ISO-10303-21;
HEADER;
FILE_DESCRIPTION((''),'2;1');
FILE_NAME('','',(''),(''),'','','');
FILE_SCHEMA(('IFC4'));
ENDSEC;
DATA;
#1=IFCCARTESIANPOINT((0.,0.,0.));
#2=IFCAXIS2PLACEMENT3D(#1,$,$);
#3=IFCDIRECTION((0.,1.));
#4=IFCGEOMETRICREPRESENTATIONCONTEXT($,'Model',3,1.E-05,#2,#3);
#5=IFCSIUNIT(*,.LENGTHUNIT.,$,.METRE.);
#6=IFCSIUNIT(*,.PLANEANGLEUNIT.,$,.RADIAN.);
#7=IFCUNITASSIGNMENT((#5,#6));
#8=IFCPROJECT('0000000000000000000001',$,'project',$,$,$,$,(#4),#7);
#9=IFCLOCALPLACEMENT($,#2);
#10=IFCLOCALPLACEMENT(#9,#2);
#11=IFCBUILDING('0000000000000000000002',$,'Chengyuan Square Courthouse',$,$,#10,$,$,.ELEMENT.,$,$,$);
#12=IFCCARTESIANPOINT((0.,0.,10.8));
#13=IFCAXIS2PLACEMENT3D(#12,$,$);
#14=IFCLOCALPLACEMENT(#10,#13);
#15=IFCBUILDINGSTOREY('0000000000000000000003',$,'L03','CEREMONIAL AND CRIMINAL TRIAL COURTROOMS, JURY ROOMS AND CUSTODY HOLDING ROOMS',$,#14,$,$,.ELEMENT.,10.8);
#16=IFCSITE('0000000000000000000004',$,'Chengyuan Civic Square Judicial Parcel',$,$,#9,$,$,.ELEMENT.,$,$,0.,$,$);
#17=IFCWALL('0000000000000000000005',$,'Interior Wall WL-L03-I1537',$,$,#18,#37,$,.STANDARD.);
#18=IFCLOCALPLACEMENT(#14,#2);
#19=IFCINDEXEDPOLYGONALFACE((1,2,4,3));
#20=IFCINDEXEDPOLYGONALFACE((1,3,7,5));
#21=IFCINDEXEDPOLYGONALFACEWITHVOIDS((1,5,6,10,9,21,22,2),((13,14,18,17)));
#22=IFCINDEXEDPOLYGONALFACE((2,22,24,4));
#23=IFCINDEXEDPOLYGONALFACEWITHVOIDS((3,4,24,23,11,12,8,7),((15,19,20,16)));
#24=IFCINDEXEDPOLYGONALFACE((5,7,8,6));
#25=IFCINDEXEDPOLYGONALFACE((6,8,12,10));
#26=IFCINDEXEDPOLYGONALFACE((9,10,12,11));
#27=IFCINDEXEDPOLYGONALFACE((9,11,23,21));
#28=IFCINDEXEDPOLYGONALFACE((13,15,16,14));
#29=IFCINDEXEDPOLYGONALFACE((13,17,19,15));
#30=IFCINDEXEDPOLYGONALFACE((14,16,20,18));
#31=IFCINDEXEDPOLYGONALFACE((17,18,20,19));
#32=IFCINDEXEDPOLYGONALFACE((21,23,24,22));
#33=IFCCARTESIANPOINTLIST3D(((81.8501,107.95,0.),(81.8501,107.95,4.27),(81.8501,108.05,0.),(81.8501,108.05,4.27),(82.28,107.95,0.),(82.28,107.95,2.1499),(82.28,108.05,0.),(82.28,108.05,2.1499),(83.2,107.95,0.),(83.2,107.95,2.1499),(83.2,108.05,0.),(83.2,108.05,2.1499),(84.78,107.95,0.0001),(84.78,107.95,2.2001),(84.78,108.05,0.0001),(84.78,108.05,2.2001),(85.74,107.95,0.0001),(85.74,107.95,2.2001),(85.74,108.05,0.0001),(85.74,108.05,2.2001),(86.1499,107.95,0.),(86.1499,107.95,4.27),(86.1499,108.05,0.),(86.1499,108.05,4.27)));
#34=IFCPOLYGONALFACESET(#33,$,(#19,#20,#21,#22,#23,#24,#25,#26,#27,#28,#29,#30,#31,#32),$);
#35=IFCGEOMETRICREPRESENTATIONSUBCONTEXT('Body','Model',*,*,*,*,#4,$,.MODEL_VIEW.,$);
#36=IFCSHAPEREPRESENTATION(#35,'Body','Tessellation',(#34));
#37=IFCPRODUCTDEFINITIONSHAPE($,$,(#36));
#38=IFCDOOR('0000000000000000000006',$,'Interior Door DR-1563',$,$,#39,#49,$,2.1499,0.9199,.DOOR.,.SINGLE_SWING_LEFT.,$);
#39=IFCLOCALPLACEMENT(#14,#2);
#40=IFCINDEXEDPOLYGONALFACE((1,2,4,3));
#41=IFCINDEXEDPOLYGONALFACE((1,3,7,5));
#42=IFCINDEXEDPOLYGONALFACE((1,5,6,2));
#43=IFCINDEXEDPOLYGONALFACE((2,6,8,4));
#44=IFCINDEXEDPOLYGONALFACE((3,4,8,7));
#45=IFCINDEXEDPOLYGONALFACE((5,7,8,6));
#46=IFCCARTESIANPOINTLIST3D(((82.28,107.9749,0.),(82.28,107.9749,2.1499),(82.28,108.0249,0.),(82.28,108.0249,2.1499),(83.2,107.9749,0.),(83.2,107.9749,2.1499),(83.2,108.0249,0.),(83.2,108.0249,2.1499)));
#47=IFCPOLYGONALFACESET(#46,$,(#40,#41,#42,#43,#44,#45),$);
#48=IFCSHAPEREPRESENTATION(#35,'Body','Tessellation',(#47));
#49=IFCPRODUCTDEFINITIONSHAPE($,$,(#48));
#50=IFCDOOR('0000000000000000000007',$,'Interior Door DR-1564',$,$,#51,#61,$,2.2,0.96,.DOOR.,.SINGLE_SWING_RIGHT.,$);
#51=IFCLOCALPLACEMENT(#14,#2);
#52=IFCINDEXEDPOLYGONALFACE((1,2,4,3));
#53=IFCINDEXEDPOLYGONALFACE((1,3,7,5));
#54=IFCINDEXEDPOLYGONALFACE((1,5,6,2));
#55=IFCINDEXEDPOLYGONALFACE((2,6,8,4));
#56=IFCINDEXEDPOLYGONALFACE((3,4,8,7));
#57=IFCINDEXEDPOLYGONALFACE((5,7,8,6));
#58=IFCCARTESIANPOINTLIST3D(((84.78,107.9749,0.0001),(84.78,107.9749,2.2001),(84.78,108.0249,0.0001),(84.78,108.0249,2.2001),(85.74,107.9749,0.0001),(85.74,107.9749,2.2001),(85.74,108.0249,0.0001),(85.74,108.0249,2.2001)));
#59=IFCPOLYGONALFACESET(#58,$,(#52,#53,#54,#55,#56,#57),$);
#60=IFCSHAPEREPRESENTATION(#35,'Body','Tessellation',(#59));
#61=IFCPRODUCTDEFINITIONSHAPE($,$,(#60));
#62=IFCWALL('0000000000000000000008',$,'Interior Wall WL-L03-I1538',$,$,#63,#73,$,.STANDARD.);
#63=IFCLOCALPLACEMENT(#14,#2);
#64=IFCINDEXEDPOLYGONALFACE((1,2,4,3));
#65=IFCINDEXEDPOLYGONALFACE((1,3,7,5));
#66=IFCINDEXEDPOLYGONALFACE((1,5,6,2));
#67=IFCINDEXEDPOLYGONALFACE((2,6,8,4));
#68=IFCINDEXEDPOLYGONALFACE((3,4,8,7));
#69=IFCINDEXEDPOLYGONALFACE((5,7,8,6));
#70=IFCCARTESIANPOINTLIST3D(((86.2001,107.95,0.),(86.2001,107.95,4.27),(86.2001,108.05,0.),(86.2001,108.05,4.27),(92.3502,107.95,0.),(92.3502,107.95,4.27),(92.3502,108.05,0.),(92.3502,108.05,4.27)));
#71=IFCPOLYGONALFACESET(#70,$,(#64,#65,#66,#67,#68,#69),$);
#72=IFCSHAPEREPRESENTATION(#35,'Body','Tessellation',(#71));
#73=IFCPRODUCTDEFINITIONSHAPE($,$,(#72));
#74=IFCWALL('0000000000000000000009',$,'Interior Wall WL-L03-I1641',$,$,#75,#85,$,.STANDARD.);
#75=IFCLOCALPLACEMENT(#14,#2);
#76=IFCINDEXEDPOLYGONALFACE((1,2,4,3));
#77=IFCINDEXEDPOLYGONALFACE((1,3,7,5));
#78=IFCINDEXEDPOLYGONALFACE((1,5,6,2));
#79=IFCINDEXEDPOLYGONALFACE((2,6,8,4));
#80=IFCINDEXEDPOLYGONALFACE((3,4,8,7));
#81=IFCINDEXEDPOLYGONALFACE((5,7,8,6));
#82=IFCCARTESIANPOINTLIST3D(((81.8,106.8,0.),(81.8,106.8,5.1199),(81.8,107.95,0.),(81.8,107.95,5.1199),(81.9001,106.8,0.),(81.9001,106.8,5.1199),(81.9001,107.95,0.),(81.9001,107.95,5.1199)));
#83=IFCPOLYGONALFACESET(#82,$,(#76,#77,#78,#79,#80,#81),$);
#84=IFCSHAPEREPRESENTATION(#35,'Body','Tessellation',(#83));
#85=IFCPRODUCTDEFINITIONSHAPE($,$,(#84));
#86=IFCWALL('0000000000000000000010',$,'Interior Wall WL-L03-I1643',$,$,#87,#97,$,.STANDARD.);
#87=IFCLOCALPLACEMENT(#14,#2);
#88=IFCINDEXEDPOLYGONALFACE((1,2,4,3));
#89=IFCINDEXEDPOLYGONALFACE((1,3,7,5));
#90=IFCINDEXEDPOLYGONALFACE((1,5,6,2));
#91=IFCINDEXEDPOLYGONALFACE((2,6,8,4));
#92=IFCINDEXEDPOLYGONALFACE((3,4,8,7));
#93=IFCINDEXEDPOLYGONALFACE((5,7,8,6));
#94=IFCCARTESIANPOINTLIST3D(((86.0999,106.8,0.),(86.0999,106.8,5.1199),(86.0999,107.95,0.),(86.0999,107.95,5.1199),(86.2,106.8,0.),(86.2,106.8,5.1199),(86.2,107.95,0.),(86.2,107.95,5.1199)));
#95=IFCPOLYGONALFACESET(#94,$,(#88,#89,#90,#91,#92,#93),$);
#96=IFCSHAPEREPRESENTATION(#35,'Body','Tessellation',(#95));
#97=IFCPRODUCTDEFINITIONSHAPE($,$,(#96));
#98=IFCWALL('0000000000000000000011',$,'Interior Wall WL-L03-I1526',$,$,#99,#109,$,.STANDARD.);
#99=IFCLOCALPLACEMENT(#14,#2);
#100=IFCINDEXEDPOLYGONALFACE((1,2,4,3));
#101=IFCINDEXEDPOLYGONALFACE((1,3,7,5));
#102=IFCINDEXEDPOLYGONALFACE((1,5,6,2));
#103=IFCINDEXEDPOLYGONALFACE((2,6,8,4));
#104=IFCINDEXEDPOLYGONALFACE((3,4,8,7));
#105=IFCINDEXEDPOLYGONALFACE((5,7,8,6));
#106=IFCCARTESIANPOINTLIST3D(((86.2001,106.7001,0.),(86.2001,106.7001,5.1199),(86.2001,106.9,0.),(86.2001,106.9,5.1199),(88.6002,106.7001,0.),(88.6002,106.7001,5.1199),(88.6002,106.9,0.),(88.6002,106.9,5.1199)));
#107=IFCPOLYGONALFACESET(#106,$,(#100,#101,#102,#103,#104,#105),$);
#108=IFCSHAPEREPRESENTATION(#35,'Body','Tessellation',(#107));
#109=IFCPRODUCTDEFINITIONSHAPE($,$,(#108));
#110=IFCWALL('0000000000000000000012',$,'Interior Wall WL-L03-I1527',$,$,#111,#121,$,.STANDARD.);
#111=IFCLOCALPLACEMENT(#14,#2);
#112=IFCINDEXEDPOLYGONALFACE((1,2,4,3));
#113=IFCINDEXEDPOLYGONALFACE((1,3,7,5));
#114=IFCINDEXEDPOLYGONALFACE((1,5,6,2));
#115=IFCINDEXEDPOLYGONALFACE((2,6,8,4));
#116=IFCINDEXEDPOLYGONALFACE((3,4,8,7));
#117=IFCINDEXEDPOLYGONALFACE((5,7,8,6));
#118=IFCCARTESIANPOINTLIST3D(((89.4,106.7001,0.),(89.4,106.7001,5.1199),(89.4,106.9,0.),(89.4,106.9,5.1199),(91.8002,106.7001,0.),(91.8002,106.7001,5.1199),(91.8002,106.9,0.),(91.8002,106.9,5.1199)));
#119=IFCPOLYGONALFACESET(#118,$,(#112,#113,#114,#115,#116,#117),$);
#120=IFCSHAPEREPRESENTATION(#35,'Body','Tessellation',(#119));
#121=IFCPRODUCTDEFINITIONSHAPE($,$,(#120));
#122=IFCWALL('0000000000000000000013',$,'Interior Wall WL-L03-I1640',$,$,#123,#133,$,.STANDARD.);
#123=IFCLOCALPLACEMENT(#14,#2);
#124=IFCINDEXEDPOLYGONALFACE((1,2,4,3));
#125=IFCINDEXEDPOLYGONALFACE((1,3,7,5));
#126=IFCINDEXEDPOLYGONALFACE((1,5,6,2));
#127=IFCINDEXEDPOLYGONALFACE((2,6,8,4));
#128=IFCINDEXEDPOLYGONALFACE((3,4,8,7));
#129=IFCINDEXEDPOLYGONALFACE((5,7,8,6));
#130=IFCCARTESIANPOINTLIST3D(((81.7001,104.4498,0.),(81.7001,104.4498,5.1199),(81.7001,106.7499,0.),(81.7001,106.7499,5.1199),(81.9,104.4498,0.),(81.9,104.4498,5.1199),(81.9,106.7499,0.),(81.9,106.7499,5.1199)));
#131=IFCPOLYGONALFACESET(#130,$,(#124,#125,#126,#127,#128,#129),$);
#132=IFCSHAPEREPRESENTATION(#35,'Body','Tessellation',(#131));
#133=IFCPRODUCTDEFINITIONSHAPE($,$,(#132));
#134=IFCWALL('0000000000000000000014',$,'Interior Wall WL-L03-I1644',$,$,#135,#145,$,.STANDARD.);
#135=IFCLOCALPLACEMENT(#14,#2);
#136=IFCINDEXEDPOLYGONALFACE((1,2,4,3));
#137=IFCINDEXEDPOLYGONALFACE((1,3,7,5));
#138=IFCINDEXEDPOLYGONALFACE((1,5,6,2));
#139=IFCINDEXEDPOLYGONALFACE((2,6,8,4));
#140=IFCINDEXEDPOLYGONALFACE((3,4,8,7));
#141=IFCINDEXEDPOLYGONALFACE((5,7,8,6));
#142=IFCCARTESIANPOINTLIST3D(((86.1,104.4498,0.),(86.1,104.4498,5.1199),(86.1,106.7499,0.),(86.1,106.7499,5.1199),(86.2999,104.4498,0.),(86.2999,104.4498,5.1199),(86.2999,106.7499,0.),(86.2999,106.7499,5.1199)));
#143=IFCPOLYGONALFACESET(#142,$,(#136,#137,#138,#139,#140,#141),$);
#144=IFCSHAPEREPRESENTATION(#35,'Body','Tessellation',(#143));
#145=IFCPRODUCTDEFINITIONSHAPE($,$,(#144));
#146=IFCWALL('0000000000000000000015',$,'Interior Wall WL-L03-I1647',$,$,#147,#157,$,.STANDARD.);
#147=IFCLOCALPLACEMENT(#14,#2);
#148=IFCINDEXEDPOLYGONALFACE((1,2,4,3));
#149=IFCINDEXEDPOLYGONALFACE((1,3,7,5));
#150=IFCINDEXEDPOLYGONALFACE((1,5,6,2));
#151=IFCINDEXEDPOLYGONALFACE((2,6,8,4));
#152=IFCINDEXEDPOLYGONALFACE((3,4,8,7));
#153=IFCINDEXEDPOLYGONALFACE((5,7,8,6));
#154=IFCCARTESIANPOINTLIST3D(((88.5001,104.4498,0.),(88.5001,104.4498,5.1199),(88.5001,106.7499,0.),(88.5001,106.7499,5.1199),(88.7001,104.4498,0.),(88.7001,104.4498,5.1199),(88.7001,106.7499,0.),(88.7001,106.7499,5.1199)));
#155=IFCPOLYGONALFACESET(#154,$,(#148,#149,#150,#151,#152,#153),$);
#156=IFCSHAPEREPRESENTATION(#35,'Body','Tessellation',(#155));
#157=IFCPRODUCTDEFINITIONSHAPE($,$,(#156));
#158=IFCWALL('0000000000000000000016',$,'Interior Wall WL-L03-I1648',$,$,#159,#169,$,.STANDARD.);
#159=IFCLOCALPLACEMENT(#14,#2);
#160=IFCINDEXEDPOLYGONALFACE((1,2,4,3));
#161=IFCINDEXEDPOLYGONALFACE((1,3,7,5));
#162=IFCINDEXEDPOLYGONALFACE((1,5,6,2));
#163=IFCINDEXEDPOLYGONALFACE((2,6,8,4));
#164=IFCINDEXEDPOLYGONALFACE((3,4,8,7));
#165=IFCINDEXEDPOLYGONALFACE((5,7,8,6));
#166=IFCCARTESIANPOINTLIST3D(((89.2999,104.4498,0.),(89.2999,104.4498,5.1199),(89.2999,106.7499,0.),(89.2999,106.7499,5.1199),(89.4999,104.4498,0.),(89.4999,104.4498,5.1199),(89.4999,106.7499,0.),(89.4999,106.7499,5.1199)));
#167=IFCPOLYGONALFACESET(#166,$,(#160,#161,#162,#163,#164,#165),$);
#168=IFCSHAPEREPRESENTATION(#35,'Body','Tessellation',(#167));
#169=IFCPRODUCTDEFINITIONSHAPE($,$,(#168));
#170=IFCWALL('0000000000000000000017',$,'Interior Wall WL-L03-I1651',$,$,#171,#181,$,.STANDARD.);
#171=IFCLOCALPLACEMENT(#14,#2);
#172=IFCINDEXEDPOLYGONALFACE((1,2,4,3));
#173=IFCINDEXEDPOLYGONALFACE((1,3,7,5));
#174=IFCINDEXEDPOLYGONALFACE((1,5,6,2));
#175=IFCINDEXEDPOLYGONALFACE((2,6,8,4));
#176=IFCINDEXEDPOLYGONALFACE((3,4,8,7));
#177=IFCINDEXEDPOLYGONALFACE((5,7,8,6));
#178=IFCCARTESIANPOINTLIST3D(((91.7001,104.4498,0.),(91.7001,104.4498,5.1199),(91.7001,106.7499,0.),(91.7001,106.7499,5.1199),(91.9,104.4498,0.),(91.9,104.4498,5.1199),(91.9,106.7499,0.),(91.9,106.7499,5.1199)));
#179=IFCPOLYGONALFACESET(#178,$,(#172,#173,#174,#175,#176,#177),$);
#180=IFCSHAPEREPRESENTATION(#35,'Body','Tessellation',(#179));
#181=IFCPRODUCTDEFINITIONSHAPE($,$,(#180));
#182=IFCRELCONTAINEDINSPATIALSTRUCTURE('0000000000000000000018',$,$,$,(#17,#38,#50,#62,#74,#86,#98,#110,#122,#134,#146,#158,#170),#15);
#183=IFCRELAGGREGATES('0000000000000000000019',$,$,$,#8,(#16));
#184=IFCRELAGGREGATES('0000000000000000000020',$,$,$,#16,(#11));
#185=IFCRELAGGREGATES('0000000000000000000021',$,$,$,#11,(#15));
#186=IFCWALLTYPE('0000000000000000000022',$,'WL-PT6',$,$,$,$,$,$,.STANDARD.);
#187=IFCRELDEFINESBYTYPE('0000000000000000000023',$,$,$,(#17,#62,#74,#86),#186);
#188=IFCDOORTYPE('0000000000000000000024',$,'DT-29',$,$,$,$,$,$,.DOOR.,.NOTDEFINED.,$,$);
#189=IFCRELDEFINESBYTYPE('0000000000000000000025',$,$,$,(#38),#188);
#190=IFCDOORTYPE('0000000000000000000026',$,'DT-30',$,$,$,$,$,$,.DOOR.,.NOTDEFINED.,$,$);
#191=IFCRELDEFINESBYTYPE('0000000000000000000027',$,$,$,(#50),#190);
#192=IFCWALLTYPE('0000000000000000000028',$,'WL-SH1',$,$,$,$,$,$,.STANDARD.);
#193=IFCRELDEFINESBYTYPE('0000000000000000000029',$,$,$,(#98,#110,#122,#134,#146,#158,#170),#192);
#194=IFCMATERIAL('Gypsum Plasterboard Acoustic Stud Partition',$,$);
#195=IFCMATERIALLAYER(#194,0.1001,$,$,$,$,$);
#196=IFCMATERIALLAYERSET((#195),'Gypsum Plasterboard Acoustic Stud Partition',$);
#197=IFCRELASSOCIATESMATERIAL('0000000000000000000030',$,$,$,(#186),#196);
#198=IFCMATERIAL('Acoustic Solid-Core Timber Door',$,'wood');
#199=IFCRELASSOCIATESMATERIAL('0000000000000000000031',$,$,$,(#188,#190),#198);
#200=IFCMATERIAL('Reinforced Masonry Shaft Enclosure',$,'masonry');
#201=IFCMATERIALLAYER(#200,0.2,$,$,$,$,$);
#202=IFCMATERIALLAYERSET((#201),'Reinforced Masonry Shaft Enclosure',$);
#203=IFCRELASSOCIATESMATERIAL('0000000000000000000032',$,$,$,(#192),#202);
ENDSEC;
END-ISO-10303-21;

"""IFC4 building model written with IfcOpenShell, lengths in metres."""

from ifc_helpers import new_model, si_unit, direction, frame, frame_2d, origin, place, context, subcontext, project, spatial, rectangle, extrude, material, layer, layer_set, type_object, element, fill, save


model = new_model("IFC4")

# Units and contexts
model_context = context("Model", 3, precision=1e-05, world=origin(), true_north=direction((0.0, 1.0)))
body_context = subcontext(model_context, "Body", "Model", "MODEL_VIEW")
ifc_project = project(units=[si_unit("LENGTHUNIT", "METRE"), si_unit("PLANEANGLEUNIT", "RADIAN")], contexts=[model_context])

# Site, building, storey
site_placement = place(None, origin())
site = spatial("IfcSite", under=ifc_project, at=site_placement, Name="Chengyuan Civic Square Judicial Parcel", CompositionType="ELEMENT", RefElevation=0.0)
building_placement = place(site_placement, origin())
building = spatial("IfcBuilding", under=site, at=building_placement, Name="Chengyuan Square Courthouse", CompositionType="ELEMENT")
storey_placement = place(building_placement, frame((0.0, 0.0, 10.8)))
storey = spatial("IfcBuildingStorey", under=building, at=storey_placement, Name="L03", Description="CEREMONIAL AND CRIMINAL TRIAL COURTROOMS, JURY ROOMS AND CUSTODY HOLDING ROOMS", CompositionType="ELEMENT", Elevation=10.8)

# Wall, openings, doors
ifc_material_1 = material(Name="Gypsum Plasterboard Acoustic Stud Partition")
ifc_layer_1 = layer(ifc_material_1, 0.1001)
ifc_layer_set_1 = layer_set([ifc_layer_1], Name="Gypsum Plasterboard Acoustic Stud Partition")
wall_type_1 = type_object("IfcWallType", Name="WL-PT6", PredefinedType="STANDARD", material=ifc_layer_set_1)
wall_1_placement = place(storey_placement, frame((81.8501, 108.0, 0.0), z_axis=(0.0, 0.0, 1.0), x_axis=(1.0, 0.0, 0.0)))
wall_1 = element("IfcWall", 1, at=wall_1_placement, inside=storey, type_object=wall_type_1, Name="Interior Wall WL-L03-I1537", PredefinedType="STANDARD", context=body_context, shape_type="SweptSolid", body=[
    extrude(rectangle(XDim=4.2998, YDim=0.1001, at=frame_2d((2.1499, 0.0))), origin(), (0.0, 0.0, 1.0), 4.27),
])
opening_1_placement = place(wall_1_placement, frame((0.4299, 0.0, 0.0)))
opening_1 = element("IfcOpeningElement", 2, at=opening_1_placement, cuts=wall_1, PredefinedType="OPENING", context=body_context, shape_type="SweptSolid", body=[
    extrude(rectangle(XDim=0.9199, YDim=2.1499, at=frame_2d((0.46, 1.075))), frame((0.0, 0.062, 0.0), z_axis=(0.0, -1.0, 0.0), x_axis=(1.0, 0.0, 0.0)), (0.0, 0.0, 1.0), 0.124),
])
opening_2_placement = place(wall_1_placement, frame((2.9299, 0.0, 0.0)))
opening_2 = element("IfcOpeningElement", 3, at=opening_2_placement, cuts=wall_1, PredefinedType="OPENING", context=body_context, shape_type="SweptSolid", body=[
    extrude(rectangle(XDim=0.96, YDim=2.2, at=frame_2d((0.48, 1.1001))), frame((0.0, 0.062, 0.0), z_axis=(0.0, -1.0, 0.0), x_axis=(1.0, 0.0, 0.0)), (0.0, 0.0, 1.0), 0.124),
])
ifc_material_2 = material(Name="Acoustic Solid-Core Timber Door", Category="wood")
door_type_1 = type_object("IfcDoorType", Name="DT-29", OperationType="NOTDEFINED", PredefinedType="DOOR", material=ifc_material_2)
door_1_placement = place(opening_1_placement, origin())
door_1 = element("IfcDoor", 4, at=door_1_placement, inside=storey, type_object=door_type_1, Name="Interior Door DR-1563", OperationType="SINGLE_SWING_LEFT", OverallHeight=2.1499, OverallWidth=0.9199, PredefinedType="DOOR", context=body_context, shape_type="SweptSolid", body=[
    extrude(rectangle(XDim=0.9199, YDim=2.1499, at=frame_2d((0.46, 1.075))), frame((0.0, 0.0249, 0.0), z_axis=(0.0, -1.0, 0.0), x_axis=(1.0, 0.0, 0.0)), (0.0, 0.0, 1.0), 0.05),
])
fill(opening_1, door_1)
door_type_2 = type_object("IfcDoorType", Name="DT-30", OperationType="NOTDEFINED", PredefinedType="DOOR", material=ifc_material_2)
door_2_placement = place(opening_2_placement, origin())
door_2 = element("IfcDoor", 5, at=door_2_placement, inside=storey, type_object=door_type_2, Name="Interior Door DR-1564", OperationType="SINGLE_SWING_RIGHT", OverallHeight=2.2, OverallWidth=0.96, PredefinedType="DOOR", context=body_context, shape_type="SweptSolid", body=[
    extrude(rectangle(XDim=0.96, YDim=2.2, at=frame_2d((0.48, 1.1001))), frame((0.0, 0.0249, 0.0), z_axis=(0.0, -1.0, 0.0), x_axis=(1.0, 0.0, 0.0)), (0.0, 0.0, 1.0), 0.05),
])
fill(opening_2, door_2)

# Walls
wall_2_placement = place(storey_placement, frame((86.2, 108.0, 0.0), z_axis=(0.0, 0.0, 1.0), x_axis=(1.0, 0.0, 0.0)))
element("IfcWall", 6, at=wall_2_placement, inside=storey, type_object=wall_type_1, Name="Interior Wall WL-L03-I1538", PredefinedType="STANDARD", context=body_context, shape_type="SweptSolid", body=[
    extrude(rectangle(XDim=6.1501, YDim=0.1001, at=frame_2d((3.0752, 0.0))), origin(), (0.0, 0.0, 1.0), 4.27),
])
for number, where, z_axis, x_axis, name in (
    (7, (81.8501, 106.8, 0.0), (0.0, 0.0, 1.0), (0.0, 1.0, 0.0), "Interior Wall WL-L03-I1641"),
    (8, (86.1499, 106.8, 0.0), (0.0, 0.0, 1.0), (0.0, 1.0, 0.0), "Interior Wall WL-L03-I1643"),
):
    element("IfcWall", number, at=place(storey_placement, frame(where, z_axis=z_axis, x_axis=x_axis)), inside=storey, type_object=wall_type_1, Name=name, PredefinedType="STANDARD", context=body_context, shape_type="SweptSolid", body=[
        extrude(rectangle(XDim=1.1499, YDim=0.1001, at=frame_2d((0.575, 0.0))), origin(), (0.0, 0.0, 1.0), 5.1199),
    ])

# Shared definitions
ifc_material_3 = material(Name="Reinforced Masonry Shaft Enclosure", Category="masonry")
ifc_layer_2 = layer(ifc_material_3, 0.2)
ifc_layer_set_2 = layer_set([ifc_layer_2], Name="Reinforced Masonry Shaft Enclosure")
wall_type_2 = type_object("IfcWallType", Name="WL-SH1", PredefinedType="STANDARD", material=ifc_layer_set_2)

# Walls
for number, where, z_axis, x_axis, name in (
    (9, (86.2, 106.8, 0.0), (0.0, 0.0, 1.0), (1.0, 0.0, 0.0), "Interior Wall WL-L03-I1526"),
    (10, (89.3999, 106.8, 0.0), (0.0, 0.0, 1.0), (1.0, 0.0, 0.0), "Interior Wall WL-L03-I1527"),
):
    element("IfcWall", number, at=place(storey_placement, frame(where, z_axis=z_axis, x_axis=x_axis)), inside=storey, type_object=wall_type_2, Name=name, PredefinedType="STANDARD", context=body_context, shape_type="SweptSolid", body=[
        extrude(rectangle(XDim=2.4001, YDim=0.2, at=frame_2d((1.2002, 0.0))), origin(), (0.0, 0.0, 1.0), 5.1199),
    ])
for number, where, z_axis, x_axis, name in (
    (11, (81.8, 104.45, 0.0), (0.0, 0.0, 1.0), (0.0, 1.0, 0.0), "Interior Wall WL-L03-I1640"),
    (12, (86.2, 104.45, 0.0), (0.0, 0.0, 1.0), (0.0, 1.0, 0.0), "Interior Wall WL-L03-I1644"),
    (13, (88.6001, 104.45, 0.0), (0.0, 0.0, 1.0), (0.0, 1.0, 0.0), "Interior Wall WL-L03-I1647"),
    (14, (89.3999, 104.45, 0.0), (0.0, 0.0, 1.0), (0.0, 1.0, 0.0), "Interior Wall WL-L03-I1648"),
    (15, (91.8, 104.45, 0.0), (0.0, 0.0, 1.0), (0.0, 1.0, 0.0), "Interior Wall WL-L03-I1651"),
):
    element("IfcWall", number, at=place(storey_placement, frame(where, z_axis=z_axis, x_axis=x_axis)), inside=storey, type_object=wall_type_2, Name=name, PredefinedType="STANDARD", context=body_context, shape_type="SweptSolid", body=[
        extrude(rectangle(XDim=2.3, YDim=0.2, at=frame_2d((1.1499, 0.0))), origin(), (0.0, 0.0, 1.0), 5.1199),
    ])

save(model, "model.ifc")
